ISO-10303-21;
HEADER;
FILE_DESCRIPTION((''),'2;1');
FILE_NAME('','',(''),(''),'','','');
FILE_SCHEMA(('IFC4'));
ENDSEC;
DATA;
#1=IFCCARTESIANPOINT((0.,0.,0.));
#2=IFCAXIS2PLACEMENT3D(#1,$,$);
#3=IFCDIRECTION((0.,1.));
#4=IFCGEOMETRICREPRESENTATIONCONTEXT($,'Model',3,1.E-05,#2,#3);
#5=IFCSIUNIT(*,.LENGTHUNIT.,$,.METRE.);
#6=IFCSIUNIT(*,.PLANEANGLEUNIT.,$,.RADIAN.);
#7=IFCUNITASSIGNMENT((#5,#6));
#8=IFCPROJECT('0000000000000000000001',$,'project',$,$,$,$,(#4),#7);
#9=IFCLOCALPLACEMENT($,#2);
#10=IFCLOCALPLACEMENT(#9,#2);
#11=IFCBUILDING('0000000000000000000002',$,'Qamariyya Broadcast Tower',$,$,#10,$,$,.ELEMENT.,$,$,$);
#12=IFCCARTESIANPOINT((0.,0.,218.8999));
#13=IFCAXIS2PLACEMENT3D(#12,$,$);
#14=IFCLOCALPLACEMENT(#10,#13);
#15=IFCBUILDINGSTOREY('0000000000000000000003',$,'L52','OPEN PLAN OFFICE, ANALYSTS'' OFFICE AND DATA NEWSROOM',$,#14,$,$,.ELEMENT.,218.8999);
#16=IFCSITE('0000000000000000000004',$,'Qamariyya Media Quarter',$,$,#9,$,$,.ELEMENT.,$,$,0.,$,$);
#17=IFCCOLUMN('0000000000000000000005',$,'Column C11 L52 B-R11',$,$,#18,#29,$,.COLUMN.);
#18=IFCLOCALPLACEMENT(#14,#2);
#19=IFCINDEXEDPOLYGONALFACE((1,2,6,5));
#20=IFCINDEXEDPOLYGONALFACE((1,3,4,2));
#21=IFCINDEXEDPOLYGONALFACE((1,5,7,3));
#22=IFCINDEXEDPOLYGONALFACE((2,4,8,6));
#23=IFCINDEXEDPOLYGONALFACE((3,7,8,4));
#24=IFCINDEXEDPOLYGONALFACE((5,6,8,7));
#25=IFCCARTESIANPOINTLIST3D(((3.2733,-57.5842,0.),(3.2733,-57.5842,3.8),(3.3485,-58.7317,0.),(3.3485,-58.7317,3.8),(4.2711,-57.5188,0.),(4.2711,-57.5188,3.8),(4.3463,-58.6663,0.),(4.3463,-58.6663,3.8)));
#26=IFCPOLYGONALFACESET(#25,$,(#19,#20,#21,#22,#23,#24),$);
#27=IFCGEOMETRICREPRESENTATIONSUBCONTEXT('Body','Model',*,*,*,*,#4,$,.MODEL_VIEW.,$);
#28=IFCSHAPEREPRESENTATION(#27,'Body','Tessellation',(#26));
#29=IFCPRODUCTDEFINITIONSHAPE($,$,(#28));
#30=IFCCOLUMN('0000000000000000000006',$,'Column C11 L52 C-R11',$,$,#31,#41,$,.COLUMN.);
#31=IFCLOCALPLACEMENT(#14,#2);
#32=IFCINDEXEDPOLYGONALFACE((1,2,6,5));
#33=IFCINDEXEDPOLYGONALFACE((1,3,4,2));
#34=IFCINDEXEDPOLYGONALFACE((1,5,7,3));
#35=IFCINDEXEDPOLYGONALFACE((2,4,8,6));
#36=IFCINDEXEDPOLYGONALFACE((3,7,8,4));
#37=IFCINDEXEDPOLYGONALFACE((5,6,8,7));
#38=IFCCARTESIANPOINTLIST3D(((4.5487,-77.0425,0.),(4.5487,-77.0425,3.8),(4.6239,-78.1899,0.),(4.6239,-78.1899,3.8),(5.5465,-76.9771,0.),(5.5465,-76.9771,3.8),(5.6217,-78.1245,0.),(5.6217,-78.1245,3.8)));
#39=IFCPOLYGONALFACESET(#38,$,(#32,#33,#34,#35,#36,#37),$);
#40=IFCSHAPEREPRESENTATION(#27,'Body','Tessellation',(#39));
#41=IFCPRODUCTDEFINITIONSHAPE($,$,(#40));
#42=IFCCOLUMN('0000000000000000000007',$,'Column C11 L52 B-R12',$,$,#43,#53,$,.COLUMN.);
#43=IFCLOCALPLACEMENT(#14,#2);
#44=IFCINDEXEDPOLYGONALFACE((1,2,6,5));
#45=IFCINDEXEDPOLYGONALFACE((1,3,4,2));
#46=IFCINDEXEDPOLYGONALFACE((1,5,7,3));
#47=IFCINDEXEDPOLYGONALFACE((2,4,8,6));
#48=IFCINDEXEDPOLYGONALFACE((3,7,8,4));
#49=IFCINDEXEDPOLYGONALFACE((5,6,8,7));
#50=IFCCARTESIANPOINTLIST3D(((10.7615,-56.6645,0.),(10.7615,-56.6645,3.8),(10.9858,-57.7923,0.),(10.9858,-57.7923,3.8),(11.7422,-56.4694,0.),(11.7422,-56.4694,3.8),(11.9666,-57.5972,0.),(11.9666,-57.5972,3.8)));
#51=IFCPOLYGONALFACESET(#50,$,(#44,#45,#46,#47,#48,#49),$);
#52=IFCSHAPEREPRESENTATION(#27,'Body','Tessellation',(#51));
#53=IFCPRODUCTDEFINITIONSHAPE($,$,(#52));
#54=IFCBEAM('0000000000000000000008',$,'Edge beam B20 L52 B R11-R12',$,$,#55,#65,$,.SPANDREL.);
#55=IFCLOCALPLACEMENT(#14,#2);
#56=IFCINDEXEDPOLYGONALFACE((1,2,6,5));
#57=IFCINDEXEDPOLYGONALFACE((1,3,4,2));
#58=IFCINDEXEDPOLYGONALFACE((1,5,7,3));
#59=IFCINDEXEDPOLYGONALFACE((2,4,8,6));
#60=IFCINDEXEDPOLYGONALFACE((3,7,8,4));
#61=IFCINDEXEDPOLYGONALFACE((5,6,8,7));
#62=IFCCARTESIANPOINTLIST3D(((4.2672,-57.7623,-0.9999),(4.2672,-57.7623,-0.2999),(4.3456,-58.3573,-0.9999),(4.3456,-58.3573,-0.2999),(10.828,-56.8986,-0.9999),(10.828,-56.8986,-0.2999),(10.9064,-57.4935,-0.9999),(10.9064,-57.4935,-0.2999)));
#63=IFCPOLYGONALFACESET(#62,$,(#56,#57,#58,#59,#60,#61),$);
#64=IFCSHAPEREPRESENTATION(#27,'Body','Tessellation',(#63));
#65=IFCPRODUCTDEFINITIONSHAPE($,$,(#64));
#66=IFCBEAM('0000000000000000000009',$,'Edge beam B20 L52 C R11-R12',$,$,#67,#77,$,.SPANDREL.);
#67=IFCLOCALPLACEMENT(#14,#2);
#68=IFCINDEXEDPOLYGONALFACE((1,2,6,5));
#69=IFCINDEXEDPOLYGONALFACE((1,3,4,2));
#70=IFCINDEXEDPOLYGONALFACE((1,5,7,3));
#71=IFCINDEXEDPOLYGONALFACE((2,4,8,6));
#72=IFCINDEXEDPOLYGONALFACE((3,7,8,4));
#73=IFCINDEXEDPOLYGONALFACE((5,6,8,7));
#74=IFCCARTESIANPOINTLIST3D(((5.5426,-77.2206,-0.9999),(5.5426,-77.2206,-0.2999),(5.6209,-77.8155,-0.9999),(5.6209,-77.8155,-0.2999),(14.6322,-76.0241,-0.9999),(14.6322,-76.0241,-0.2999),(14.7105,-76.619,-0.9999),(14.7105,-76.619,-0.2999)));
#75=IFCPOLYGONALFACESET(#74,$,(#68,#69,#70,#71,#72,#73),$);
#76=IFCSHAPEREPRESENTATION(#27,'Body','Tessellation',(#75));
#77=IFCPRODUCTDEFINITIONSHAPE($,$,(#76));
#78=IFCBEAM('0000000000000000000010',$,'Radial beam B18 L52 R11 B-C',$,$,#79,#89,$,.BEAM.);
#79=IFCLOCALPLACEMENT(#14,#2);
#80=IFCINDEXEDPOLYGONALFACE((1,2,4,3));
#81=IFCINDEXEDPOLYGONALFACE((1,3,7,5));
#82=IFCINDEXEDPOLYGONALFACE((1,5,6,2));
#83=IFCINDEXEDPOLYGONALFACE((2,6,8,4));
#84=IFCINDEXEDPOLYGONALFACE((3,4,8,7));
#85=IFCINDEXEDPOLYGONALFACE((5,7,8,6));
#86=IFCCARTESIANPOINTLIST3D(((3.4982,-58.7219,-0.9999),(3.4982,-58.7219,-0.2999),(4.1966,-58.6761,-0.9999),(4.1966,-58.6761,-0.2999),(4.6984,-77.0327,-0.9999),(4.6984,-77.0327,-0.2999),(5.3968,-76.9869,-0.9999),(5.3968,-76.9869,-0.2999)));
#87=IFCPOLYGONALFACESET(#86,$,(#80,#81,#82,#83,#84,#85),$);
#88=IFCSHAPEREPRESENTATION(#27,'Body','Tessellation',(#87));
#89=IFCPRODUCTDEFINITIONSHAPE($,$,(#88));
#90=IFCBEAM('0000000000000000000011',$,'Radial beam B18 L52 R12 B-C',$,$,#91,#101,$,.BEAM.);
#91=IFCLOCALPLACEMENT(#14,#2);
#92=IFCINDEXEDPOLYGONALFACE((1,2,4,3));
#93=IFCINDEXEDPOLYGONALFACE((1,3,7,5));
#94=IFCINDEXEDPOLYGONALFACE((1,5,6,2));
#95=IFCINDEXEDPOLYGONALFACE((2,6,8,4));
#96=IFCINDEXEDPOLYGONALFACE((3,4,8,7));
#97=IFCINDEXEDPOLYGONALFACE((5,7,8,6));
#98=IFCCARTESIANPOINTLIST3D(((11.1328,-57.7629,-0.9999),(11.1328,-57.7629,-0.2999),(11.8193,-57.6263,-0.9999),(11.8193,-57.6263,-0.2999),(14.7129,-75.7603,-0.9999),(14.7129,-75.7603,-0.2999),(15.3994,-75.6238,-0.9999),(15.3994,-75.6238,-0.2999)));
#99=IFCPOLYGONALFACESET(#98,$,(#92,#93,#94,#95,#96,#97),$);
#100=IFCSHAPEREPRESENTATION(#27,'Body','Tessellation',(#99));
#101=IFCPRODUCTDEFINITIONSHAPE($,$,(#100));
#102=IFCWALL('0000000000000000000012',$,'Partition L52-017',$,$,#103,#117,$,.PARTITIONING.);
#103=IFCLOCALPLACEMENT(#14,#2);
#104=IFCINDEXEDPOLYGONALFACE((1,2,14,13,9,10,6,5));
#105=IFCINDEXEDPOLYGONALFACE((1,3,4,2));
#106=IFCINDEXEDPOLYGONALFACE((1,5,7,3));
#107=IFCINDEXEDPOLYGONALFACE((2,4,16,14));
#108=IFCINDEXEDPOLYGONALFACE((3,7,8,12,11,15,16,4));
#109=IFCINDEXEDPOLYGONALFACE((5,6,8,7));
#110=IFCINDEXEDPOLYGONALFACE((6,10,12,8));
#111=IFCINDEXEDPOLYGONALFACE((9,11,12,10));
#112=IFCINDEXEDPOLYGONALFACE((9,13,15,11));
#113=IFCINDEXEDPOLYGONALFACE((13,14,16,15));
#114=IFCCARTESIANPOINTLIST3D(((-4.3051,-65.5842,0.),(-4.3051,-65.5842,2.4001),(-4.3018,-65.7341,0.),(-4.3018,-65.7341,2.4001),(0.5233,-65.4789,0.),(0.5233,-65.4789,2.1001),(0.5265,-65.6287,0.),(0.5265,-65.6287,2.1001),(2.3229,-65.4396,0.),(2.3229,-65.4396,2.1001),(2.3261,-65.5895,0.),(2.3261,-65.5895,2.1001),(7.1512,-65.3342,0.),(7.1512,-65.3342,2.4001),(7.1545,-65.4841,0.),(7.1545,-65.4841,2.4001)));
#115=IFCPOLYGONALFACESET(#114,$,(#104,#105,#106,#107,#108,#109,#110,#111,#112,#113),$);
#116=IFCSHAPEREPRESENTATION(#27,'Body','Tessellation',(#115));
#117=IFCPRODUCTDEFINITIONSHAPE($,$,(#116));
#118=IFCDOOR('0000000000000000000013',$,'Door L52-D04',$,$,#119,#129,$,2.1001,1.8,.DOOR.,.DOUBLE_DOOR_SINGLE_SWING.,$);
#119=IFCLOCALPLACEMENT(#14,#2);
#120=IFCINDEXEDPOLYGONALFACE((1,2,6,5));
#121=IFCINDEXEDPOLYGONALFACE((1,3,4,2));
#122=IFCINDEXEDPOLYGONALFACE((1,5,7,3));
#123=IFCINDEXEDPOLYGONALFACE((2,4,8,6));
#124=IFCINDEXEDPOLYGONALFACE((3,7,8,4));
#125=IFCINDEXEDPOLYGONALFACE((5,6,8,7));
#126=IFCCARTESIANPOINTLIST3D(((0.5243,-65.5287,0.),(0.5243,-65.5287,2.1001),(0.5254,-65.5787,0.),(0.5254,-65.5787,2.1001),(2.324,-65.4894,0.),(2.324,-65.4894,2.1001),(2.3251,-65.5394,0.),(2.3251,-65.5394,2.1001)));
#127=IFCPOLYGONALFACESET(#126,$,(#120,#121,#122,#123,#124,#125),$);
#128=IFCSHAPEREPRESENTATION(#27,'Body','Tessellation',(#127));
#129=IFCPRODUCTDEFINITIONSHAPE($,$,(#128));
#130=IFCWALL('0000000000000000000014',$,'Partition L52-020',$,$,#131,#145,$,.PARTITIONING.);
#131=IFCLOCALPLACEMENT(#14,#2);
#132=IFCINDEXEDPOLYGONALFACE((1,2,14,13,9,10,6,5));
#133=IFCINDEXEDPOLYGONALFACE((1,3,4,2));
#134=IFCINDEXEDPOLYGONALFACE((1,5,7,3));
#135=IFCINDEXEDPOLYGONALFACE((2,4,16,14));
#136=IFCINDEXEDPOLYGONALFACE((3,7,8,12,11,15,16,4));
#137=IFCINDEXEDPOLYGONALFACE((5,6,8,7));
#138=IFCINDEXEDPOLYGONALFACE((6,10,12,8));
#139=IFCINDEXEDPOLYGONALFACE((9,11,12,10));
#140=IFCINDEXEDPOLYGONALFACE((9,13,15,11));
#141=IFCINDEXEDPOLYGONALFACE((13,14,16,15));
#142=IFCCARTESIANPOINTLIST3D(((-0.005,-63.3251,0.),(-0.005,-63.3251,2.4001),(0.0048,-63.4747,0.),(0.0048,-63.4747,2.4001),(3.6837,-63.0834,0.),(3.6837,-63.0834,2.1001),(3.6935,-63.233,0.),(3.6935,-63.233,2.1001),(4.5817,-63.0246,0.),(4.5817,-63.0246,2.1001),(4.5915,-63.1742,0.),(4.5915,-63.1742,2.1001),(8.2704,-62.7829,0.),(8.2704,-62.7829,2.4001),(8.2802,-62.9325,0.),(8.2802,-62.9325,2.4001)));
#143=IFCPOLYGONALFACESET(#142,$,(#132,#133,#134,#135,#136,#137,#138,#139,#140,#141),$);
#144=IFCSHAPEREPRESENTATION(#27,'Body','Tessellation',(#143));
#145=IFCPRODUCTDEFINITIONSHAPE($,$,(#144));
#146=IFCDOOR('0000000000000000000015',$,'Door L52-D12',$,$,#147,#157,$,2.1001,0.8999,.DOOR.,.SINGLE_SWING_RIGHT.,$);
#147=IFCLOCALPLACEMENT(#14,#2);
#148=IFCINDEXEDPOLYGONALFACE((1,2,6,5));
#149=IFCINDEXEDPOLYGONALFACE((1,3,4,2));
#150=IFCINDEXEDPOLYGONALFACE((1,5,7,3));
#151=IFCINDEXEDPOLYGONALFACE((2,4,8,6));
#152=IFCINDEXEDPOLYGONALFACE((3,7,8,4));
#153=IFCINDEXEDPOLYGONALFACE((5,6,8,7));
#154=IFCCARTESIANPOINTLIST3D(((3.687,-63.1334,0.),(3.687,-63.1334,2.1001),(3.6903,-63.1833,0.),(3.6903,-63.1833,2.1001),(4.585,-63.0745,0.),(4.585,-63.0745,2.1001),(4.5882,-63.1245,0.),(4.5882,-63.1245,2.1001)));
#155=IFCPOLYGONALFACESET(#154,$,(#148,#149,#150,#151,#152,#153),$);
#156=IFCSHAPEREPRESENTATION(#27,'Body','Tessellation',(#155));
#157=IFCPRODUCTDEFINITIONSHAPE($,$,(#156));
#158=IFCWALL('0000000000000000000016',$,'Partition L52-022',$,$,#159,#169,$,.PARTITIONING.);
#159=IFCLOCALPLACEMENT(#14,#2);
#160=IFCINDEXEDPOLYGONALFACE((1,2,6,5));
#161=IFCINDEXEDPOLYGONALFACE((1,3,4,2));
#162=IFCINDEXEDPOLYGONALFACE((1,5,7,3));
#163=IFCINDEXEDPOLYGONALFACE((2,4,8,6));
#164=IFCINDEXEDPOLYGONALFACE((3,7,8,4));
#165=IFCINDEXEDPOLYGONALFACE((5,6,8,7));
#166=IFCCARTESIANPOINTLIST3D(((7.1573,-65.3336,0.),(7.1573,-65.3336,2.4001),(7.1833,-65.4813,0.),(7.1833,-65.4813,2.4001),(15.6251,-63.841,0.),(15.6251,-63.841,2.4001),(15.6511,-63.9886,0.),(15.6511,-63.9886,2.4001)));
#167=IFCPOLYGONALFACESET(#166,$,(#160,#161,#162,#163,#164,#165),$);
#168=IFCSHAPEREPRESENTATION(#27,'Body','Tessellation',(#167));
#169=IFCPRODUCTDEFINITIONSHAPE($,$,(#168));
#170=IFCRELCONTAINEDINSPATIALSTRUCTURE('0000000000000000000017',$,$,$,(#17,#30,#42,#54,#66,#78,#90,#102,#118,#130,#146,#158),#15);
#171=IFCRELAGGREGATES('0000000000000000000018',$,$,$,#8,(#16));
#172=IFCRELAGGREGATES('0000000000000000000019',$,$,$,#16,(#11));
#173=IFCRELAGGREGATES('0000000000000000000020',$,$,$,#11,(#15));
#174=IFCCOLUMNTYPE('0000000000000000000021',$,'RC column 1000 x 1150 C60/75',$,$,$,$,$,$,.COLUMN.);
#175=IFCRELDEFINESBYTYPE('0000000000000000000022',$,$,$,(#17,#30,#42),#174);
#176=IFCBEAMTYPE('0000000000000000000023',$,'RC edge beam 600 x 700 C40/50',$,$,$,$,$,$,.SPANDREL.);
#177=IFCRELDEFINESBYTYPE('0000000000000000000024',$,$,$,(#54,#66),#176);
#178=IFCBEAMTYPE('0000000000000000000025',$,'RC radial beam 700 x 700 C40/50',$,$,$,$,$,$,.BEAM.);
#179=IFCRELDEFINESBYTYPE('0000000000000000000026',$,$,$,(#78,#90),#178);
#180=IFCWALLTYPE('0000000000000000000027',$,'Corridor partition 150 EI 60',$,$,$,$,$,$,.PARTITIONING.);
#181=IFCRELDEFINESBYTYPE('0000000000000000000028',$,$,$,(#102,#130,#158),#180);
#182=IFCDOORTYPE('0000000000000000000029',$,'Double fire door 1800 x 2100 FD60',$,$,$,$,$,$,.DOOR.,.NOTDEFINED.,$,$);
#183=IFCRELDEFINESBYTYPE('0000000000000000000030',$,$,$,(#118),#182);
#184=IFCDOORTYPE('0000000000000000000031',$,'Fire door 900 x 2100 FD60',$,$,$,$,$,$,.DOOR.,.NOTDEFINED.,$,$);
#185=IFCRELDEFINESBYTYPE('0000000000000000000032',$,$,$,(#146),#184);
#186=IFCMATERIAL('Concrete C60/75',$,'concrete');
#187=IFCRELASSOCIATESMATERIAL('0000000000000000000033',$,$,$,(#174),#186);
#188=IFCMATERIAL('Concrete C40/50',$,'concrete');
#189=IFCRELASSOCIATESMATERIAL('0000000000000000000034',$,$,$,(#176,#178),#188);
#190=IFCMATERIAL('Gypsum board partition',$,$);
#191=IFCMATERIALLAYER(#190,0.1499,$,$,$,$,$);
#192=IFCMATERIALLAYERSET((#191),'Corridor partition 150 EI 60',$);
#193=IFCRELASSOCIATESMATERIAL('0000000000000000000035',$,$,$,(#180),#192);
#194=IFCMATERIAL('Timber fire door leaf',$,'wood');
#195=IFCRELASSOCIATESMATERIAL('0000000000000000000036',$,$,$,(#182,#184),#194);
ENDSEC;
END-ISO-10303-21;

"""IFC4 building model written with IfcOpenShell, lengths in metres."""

from ifc_helpers import new_model, si_unit, direction, frame, frame_2d, origin, origin_2d, place, context, subcontext, project, spatial, rectangle, extrude, material, layer, layer_set, material_profile, profile_set, type_object, element, fill, save


model = new_model("IFC4")

# Units and contexts
model_context = context("Model", 3, precision=1e-05, world=origin(), true_north=direction((0.0, 1.0)))
body_context = subcontext(model_context, "Body", "Model", "MODEL_VIEW")
ifc_project = project(units=[si_unit("LENGTHUNIT", "METRE"), si_unit("PLANEANGLEUNIT", "RADIAN")], contexts=[model_context])

# Site, building, storey
site_placement = place(None, origin())
site = spatial("IfcSite", under=ifc_project, at=site_placement, Name="Qamariyya Media Quarter", CompositionType="ELEMENT", RefElevation=0.0)
building_placement = place(site_placement, origin())
building = spatial("IfcBuilding", under=site, at=building_placement, Name="Qamariyya Broadcast Tower", CompositionType="ELEMENT")
storey_placement = place(building_placement, frame((0.0, 0.0, 218.8999)))
storey = spatial("IfcBuildingStorey", under=building, at=storey_placement, Name="L52", Description="OPEN PLAN OFFICE, ANALYSTS' OFFICE AND DATA NEWSROOM", CompositionType="ELEMENT", Elevation=218.8999)

# Columns
ifc_material_1 = material(Name="Concrete C60/75", Category="concrete")
ifc_material_profile_1 = material_profile(ifc_material_1, rectangle(XDim=1.0, YDim=1.1499, at=origin_2d()))
ifc_profile_set_1 = profile_set([ifc_material_profile_1], Name="Concrete C60/75")
column_type = type_object("IfcColumnType", Name="RC column 1000 x 1150 C60/75", PredefinedType="COLUMN", material=ifc_profile_set_1)
for number, where, z_axis, x_axis, name in (
    (1, (3.8098, -58.1252, 0.0), (0.0, 0.0, 1.0), (0.997859, 0.065403, 0.0), "Column C11 L52 B-R11"),
    (2, (5.0852, -77.5835, 0.0), (0.0, 0.0, 1.0), (0.997859, 0.065403, 0.0), "Column C11 L52 C-R11"),
    (3, (11.364, -57.1309, 0.0), (0.0, 0.0, 1.0), (0.980785, 0.19509, 0.0), "Column C11 L52 B-R12"),
):
    element("IfcColumn", number, at=place(storey_placement, frame(where, z_axis=z_axis, x_axis=x_axis)), inside=storey, type_object=column_type, Name=name, PredefinedType="COLUMN", context=body_context, shape_type="SweptSolid", body=[
        extrude(rectangle(XDim=1.0, YDim=1.1499, at=origin_2d()), origin(), (0.0, 0.0, 1.0), 3.8),
    ])

# Beams
ifc_material_2 = material(Name="Concrete C40/50", Category="concrete")
ifc_material_profile_2 = material_profile(ifc_material_2, rectangle(XDim=0.6001, YDim=0.7, at=origin_2d()))
ifc_profile_set_2 = profile_set([ifc_material_profile_2], Name="Concrete C40/50")
beam_type_1 = type_object("IfcBeamType", Name="RC edge beam 600 x 700 C40/50", PredefinedType="SPANDREL", material=ifc_profile_set_2)
beam_1_placement = place(storey_placement, frame((4.3064, -58.0598, -0.6499), z_axis=(0.991444, 0.13053, 0.0), x_axis=(-0.13053, 0.991444, 0.0)))
element("IfcBeam", 4, at=beam_1_placement, inside=storey, type_object=beam_type_1, Name="Edge beam B20 L52 B R11-R12", PredefinedType="SPANDREL", context=body_context, shape_type="SweptSolid", body=[
    extrude(rectangle(XDim=0.6001, YDim=0.7, at=origin_2d()), origin(), (0.0, 0.0, 1.0), 6.6174),
])
beam_2_placement = place(storey_placement, frame((5.5818, -77.5181, -0.6499), z_axis=(0.991447, 0.130512, 0.0), x_axis=(-0.130512, 0.991447, 0.0)))
element("IfcBeam", 5, at=beam_2_placement, inside=storey, type_object=beam_type_1, Name="Edge beam B20 L52 C R11-R12", PredefinedType="SPANDREL", context=body_context, shape_type="SweptSolid", body=[
    extrude(rectangle(XDim=0.6001, YDim=0.7, at=origin_2d()), origin(), (0.0, 0.0, 1.0), 9.168),
])
ifc_material_profile_3 = material_profile(ifc_material_2, rectangle(XDim=0.7, YDim=0.7, at=origin_2d()))
ifc_profile_set_3 = profile_set([ifc_material_profile_3], Name="Concrete C40/50")
beam_type_2 = type_object("IfcBeamType", Name="RC radial beam 700 x 700 C40/50", PredefinedType="BEAM", material=ifc_profile_set_3)
for number, where, z_axis, x_axis, name in (
    (6, (3.8474, -58.699, -0.6499), (0.065405, -0.997859, 0.0), (0.997859, 0.065405, 0.0), "Radial beam B18 L52 R11 B-C"),
    (7, (11.4761, -57.6946, -0.6499), (0.195098, -0.980784, 0.0), (0.980784, 0.195098, 0.0), "Radial beam B18 L52 R12 B-C"),
):
    element("IfcBeam", number, at=place(storey_placement, frame(where, z_axis=z_axis, x_axis=x_axis)), inside=storey, type_object=beam_type_2, Name=name, PredefinedType="BEAM", context=body_context, shape_type="SweptSolid", body=[
        extrude(rectangle(XDim=0.7, YDim=0.7, at=origin_2d()), origin(), (0.0, 0.0, 1.0), 18.3501),
    ])

# Walls, openings, doors
ifc_material_3 = material(Name="Gypsum board partition")
ifc_layer_1 = layer(ifc_material_3, 0.1499)
ifc_layer_set_1 = layer_set([ifc_layer_1], Name="Corridor partition 150 EI 60")
wall_type_1 = type_object("IfcWallType", Name="Corridor partition 150 EI 60", PredefinedType="PARTITIONING", material=ifc_layer_set_1)
wall_1_placement = place(storey_placement, frame((7.1528, -65.4092, 0.0), z_axis=(0.0, 0.0, 1.0), x_axis=(-0.999762, -0.021817, 0.0)))
wall_1 = element("IfcWall", 8, at=wall_1_placement, inside=storey, type_object=wall_type_1, Name="Partition L52-017", PredefinedType="PARTITIONING", context=body_context, shape_type="SweptSolid", body=[
    extrude(rectangle(XDim=11.459, YDim=0.1499, at=frame_2d((5.7295, 0.0))), origin(), (0.0, 0.0, 1.0), 2.4001),
])
opening_1_placement = place(wall_1_placement, frame((4.8296, 0.0, 0.0)))
opening_1 = element("IfcOpeningElement", 9, at=opening_1_placement, cuts=wall_1, PredefinedType="OPENING", context=body_context, shape_type="SweptSolid", body=[
    extrude(rectangle(XDim=1.8, YDim=2.1001, at=frame_2d((0.8999, 1.05))), frame((0.0, 0.085, 0.0), z_axis=(0.0, -1.0, 0.0), x_axis=(1.0, 0.0, 0.0)), (0.0, 0.0, 1.0), 0.1699),
])
ifc_material_4 = material(Name="Timber fire door leaf", Category="wood")
door_type_1 = type_object("IfcDoorType", Name="Double fire door 1800 x 2100 FD60", OperationType="NOTDEFINED", PredefinedType="DOOR", material=ifc_material_4)
door_1_placement = place(opening_1_placement, origin())
door_1 = element("IfcDoor", 10, at=door_1_placement, inside=storey, type_object=door_type_1, Name="Door L52-D04", OperationType="DOUBLE_DOOR_SINGLE_SWING", OverallHeight=2.1001, OverallWidth=1.8, PredefinedType="DOOR", context=body_context, shape_type="SweptSolid", body=[
    extrude(rectangle(XDim=1.8, YDim=2.1001, at=frame_2d((0.8999, 1.05))), frame((0.0, 0.0249, 0.0), z_axis=(0.0, -1.0, 0.0), x_axis=(1.0, 0.0, 0.0)), (0.0, 0.0, 1.0), 0.05),
])
fill(opening_1, door_1)
wall_2_placement = place(storey_placement, frame((0.0, -63.3999, 0.0), z_axis=(0.0, 0.0, 1.0), x_axis=(0.99786, 0.065384, 0.0)))
wall_2 = element("IfcWall", 11, at=wall_2_placement, inside=storey, type_object=wall_type_1, Name="Partition L52-020", PredefinedType="PARTITIONING", context=body_context, shape_type="SweptSolid", body=[
    extrude(rectangle(XDim=8.2932, YDim=0.1499, at=frame_2d((4.1465, 0.0))), origin(), (0.0, 0.0, 1.0), 2.4001),
])
opening_2_placement = place(wall_2_placement, frame((3.6965, 0.0, 0.0)))
opening_2 = element("IfcOpeningElement", 12, at=opening_2_placement, cuts=wall_2, PredefinedType="OPENING", context=body_context, shape_type="SweptSolid", body=[
    extrude(rectangle(XDim=0.8999, YDim=2.1001, at=frame_2d((0.45, 1.05))), frame((0.0, 0.085, 0.0), z_axis=(0.0, -1.0, 0.0), x_axis=(1.0, 0.0, 0.0)), (0.0, 0.0, 1.0), 0.1699),
])
door_type_2 = type_object("IfcDoorType", Name="Fire door 900 x 2100 FD60", OperationType="NOTDEFINED", PredefinedType="DOOR", material=ifc_material_4)
door_2_placement = place(opening_2_placement, origin())
door_2 = element("IfcDoor", 13, at=door_2_placement, inside=storey, type_object=door_type_2, Name="Door L52-D12", OperationType="SINGLE_SWING_RIGHT", OverallHeight=2.1001, OverallWidth=0.8999, PredefinedType="DOOR", context=body_context, shape_type="SweptSolid", body=[
    extrude(rectangle(XDim=0.8999, YDim=2.1001, at=frame_2d((0.45, 1.05))), frame((0.0, 0.0249, 0.0), z_axis=(0.0, -1.0, 0.0), x_axis=(1.0, 0.0, 0.0)), (0.0, 0.0, 1.0), 0.05),
])
fill(opening_2, door_2)

# Wall
wall_3_placement = place(storey_placement, frame((7.1702, -65.4075, 0.0), z_axis=(0.0, 0.0, 1.0), x_axis=(0.984816, 0.173601, 0.0)))
element("IfcWall", 14, at=wall_3_placement, inside=storey, type_object=wall_type_1, Name="Partition L52-022", PredefinedType="PARTITIONING", context=body_context, shape_type="SweptSolid", body=[
    extrude(rectangle(XDim=8.5984, YDim=0.1499, at=frame_2d((4.2993, 0.0))), origin(), (0.0, 0.0, 1.0), 2.4001),
])

save(model, "model.ifc")
